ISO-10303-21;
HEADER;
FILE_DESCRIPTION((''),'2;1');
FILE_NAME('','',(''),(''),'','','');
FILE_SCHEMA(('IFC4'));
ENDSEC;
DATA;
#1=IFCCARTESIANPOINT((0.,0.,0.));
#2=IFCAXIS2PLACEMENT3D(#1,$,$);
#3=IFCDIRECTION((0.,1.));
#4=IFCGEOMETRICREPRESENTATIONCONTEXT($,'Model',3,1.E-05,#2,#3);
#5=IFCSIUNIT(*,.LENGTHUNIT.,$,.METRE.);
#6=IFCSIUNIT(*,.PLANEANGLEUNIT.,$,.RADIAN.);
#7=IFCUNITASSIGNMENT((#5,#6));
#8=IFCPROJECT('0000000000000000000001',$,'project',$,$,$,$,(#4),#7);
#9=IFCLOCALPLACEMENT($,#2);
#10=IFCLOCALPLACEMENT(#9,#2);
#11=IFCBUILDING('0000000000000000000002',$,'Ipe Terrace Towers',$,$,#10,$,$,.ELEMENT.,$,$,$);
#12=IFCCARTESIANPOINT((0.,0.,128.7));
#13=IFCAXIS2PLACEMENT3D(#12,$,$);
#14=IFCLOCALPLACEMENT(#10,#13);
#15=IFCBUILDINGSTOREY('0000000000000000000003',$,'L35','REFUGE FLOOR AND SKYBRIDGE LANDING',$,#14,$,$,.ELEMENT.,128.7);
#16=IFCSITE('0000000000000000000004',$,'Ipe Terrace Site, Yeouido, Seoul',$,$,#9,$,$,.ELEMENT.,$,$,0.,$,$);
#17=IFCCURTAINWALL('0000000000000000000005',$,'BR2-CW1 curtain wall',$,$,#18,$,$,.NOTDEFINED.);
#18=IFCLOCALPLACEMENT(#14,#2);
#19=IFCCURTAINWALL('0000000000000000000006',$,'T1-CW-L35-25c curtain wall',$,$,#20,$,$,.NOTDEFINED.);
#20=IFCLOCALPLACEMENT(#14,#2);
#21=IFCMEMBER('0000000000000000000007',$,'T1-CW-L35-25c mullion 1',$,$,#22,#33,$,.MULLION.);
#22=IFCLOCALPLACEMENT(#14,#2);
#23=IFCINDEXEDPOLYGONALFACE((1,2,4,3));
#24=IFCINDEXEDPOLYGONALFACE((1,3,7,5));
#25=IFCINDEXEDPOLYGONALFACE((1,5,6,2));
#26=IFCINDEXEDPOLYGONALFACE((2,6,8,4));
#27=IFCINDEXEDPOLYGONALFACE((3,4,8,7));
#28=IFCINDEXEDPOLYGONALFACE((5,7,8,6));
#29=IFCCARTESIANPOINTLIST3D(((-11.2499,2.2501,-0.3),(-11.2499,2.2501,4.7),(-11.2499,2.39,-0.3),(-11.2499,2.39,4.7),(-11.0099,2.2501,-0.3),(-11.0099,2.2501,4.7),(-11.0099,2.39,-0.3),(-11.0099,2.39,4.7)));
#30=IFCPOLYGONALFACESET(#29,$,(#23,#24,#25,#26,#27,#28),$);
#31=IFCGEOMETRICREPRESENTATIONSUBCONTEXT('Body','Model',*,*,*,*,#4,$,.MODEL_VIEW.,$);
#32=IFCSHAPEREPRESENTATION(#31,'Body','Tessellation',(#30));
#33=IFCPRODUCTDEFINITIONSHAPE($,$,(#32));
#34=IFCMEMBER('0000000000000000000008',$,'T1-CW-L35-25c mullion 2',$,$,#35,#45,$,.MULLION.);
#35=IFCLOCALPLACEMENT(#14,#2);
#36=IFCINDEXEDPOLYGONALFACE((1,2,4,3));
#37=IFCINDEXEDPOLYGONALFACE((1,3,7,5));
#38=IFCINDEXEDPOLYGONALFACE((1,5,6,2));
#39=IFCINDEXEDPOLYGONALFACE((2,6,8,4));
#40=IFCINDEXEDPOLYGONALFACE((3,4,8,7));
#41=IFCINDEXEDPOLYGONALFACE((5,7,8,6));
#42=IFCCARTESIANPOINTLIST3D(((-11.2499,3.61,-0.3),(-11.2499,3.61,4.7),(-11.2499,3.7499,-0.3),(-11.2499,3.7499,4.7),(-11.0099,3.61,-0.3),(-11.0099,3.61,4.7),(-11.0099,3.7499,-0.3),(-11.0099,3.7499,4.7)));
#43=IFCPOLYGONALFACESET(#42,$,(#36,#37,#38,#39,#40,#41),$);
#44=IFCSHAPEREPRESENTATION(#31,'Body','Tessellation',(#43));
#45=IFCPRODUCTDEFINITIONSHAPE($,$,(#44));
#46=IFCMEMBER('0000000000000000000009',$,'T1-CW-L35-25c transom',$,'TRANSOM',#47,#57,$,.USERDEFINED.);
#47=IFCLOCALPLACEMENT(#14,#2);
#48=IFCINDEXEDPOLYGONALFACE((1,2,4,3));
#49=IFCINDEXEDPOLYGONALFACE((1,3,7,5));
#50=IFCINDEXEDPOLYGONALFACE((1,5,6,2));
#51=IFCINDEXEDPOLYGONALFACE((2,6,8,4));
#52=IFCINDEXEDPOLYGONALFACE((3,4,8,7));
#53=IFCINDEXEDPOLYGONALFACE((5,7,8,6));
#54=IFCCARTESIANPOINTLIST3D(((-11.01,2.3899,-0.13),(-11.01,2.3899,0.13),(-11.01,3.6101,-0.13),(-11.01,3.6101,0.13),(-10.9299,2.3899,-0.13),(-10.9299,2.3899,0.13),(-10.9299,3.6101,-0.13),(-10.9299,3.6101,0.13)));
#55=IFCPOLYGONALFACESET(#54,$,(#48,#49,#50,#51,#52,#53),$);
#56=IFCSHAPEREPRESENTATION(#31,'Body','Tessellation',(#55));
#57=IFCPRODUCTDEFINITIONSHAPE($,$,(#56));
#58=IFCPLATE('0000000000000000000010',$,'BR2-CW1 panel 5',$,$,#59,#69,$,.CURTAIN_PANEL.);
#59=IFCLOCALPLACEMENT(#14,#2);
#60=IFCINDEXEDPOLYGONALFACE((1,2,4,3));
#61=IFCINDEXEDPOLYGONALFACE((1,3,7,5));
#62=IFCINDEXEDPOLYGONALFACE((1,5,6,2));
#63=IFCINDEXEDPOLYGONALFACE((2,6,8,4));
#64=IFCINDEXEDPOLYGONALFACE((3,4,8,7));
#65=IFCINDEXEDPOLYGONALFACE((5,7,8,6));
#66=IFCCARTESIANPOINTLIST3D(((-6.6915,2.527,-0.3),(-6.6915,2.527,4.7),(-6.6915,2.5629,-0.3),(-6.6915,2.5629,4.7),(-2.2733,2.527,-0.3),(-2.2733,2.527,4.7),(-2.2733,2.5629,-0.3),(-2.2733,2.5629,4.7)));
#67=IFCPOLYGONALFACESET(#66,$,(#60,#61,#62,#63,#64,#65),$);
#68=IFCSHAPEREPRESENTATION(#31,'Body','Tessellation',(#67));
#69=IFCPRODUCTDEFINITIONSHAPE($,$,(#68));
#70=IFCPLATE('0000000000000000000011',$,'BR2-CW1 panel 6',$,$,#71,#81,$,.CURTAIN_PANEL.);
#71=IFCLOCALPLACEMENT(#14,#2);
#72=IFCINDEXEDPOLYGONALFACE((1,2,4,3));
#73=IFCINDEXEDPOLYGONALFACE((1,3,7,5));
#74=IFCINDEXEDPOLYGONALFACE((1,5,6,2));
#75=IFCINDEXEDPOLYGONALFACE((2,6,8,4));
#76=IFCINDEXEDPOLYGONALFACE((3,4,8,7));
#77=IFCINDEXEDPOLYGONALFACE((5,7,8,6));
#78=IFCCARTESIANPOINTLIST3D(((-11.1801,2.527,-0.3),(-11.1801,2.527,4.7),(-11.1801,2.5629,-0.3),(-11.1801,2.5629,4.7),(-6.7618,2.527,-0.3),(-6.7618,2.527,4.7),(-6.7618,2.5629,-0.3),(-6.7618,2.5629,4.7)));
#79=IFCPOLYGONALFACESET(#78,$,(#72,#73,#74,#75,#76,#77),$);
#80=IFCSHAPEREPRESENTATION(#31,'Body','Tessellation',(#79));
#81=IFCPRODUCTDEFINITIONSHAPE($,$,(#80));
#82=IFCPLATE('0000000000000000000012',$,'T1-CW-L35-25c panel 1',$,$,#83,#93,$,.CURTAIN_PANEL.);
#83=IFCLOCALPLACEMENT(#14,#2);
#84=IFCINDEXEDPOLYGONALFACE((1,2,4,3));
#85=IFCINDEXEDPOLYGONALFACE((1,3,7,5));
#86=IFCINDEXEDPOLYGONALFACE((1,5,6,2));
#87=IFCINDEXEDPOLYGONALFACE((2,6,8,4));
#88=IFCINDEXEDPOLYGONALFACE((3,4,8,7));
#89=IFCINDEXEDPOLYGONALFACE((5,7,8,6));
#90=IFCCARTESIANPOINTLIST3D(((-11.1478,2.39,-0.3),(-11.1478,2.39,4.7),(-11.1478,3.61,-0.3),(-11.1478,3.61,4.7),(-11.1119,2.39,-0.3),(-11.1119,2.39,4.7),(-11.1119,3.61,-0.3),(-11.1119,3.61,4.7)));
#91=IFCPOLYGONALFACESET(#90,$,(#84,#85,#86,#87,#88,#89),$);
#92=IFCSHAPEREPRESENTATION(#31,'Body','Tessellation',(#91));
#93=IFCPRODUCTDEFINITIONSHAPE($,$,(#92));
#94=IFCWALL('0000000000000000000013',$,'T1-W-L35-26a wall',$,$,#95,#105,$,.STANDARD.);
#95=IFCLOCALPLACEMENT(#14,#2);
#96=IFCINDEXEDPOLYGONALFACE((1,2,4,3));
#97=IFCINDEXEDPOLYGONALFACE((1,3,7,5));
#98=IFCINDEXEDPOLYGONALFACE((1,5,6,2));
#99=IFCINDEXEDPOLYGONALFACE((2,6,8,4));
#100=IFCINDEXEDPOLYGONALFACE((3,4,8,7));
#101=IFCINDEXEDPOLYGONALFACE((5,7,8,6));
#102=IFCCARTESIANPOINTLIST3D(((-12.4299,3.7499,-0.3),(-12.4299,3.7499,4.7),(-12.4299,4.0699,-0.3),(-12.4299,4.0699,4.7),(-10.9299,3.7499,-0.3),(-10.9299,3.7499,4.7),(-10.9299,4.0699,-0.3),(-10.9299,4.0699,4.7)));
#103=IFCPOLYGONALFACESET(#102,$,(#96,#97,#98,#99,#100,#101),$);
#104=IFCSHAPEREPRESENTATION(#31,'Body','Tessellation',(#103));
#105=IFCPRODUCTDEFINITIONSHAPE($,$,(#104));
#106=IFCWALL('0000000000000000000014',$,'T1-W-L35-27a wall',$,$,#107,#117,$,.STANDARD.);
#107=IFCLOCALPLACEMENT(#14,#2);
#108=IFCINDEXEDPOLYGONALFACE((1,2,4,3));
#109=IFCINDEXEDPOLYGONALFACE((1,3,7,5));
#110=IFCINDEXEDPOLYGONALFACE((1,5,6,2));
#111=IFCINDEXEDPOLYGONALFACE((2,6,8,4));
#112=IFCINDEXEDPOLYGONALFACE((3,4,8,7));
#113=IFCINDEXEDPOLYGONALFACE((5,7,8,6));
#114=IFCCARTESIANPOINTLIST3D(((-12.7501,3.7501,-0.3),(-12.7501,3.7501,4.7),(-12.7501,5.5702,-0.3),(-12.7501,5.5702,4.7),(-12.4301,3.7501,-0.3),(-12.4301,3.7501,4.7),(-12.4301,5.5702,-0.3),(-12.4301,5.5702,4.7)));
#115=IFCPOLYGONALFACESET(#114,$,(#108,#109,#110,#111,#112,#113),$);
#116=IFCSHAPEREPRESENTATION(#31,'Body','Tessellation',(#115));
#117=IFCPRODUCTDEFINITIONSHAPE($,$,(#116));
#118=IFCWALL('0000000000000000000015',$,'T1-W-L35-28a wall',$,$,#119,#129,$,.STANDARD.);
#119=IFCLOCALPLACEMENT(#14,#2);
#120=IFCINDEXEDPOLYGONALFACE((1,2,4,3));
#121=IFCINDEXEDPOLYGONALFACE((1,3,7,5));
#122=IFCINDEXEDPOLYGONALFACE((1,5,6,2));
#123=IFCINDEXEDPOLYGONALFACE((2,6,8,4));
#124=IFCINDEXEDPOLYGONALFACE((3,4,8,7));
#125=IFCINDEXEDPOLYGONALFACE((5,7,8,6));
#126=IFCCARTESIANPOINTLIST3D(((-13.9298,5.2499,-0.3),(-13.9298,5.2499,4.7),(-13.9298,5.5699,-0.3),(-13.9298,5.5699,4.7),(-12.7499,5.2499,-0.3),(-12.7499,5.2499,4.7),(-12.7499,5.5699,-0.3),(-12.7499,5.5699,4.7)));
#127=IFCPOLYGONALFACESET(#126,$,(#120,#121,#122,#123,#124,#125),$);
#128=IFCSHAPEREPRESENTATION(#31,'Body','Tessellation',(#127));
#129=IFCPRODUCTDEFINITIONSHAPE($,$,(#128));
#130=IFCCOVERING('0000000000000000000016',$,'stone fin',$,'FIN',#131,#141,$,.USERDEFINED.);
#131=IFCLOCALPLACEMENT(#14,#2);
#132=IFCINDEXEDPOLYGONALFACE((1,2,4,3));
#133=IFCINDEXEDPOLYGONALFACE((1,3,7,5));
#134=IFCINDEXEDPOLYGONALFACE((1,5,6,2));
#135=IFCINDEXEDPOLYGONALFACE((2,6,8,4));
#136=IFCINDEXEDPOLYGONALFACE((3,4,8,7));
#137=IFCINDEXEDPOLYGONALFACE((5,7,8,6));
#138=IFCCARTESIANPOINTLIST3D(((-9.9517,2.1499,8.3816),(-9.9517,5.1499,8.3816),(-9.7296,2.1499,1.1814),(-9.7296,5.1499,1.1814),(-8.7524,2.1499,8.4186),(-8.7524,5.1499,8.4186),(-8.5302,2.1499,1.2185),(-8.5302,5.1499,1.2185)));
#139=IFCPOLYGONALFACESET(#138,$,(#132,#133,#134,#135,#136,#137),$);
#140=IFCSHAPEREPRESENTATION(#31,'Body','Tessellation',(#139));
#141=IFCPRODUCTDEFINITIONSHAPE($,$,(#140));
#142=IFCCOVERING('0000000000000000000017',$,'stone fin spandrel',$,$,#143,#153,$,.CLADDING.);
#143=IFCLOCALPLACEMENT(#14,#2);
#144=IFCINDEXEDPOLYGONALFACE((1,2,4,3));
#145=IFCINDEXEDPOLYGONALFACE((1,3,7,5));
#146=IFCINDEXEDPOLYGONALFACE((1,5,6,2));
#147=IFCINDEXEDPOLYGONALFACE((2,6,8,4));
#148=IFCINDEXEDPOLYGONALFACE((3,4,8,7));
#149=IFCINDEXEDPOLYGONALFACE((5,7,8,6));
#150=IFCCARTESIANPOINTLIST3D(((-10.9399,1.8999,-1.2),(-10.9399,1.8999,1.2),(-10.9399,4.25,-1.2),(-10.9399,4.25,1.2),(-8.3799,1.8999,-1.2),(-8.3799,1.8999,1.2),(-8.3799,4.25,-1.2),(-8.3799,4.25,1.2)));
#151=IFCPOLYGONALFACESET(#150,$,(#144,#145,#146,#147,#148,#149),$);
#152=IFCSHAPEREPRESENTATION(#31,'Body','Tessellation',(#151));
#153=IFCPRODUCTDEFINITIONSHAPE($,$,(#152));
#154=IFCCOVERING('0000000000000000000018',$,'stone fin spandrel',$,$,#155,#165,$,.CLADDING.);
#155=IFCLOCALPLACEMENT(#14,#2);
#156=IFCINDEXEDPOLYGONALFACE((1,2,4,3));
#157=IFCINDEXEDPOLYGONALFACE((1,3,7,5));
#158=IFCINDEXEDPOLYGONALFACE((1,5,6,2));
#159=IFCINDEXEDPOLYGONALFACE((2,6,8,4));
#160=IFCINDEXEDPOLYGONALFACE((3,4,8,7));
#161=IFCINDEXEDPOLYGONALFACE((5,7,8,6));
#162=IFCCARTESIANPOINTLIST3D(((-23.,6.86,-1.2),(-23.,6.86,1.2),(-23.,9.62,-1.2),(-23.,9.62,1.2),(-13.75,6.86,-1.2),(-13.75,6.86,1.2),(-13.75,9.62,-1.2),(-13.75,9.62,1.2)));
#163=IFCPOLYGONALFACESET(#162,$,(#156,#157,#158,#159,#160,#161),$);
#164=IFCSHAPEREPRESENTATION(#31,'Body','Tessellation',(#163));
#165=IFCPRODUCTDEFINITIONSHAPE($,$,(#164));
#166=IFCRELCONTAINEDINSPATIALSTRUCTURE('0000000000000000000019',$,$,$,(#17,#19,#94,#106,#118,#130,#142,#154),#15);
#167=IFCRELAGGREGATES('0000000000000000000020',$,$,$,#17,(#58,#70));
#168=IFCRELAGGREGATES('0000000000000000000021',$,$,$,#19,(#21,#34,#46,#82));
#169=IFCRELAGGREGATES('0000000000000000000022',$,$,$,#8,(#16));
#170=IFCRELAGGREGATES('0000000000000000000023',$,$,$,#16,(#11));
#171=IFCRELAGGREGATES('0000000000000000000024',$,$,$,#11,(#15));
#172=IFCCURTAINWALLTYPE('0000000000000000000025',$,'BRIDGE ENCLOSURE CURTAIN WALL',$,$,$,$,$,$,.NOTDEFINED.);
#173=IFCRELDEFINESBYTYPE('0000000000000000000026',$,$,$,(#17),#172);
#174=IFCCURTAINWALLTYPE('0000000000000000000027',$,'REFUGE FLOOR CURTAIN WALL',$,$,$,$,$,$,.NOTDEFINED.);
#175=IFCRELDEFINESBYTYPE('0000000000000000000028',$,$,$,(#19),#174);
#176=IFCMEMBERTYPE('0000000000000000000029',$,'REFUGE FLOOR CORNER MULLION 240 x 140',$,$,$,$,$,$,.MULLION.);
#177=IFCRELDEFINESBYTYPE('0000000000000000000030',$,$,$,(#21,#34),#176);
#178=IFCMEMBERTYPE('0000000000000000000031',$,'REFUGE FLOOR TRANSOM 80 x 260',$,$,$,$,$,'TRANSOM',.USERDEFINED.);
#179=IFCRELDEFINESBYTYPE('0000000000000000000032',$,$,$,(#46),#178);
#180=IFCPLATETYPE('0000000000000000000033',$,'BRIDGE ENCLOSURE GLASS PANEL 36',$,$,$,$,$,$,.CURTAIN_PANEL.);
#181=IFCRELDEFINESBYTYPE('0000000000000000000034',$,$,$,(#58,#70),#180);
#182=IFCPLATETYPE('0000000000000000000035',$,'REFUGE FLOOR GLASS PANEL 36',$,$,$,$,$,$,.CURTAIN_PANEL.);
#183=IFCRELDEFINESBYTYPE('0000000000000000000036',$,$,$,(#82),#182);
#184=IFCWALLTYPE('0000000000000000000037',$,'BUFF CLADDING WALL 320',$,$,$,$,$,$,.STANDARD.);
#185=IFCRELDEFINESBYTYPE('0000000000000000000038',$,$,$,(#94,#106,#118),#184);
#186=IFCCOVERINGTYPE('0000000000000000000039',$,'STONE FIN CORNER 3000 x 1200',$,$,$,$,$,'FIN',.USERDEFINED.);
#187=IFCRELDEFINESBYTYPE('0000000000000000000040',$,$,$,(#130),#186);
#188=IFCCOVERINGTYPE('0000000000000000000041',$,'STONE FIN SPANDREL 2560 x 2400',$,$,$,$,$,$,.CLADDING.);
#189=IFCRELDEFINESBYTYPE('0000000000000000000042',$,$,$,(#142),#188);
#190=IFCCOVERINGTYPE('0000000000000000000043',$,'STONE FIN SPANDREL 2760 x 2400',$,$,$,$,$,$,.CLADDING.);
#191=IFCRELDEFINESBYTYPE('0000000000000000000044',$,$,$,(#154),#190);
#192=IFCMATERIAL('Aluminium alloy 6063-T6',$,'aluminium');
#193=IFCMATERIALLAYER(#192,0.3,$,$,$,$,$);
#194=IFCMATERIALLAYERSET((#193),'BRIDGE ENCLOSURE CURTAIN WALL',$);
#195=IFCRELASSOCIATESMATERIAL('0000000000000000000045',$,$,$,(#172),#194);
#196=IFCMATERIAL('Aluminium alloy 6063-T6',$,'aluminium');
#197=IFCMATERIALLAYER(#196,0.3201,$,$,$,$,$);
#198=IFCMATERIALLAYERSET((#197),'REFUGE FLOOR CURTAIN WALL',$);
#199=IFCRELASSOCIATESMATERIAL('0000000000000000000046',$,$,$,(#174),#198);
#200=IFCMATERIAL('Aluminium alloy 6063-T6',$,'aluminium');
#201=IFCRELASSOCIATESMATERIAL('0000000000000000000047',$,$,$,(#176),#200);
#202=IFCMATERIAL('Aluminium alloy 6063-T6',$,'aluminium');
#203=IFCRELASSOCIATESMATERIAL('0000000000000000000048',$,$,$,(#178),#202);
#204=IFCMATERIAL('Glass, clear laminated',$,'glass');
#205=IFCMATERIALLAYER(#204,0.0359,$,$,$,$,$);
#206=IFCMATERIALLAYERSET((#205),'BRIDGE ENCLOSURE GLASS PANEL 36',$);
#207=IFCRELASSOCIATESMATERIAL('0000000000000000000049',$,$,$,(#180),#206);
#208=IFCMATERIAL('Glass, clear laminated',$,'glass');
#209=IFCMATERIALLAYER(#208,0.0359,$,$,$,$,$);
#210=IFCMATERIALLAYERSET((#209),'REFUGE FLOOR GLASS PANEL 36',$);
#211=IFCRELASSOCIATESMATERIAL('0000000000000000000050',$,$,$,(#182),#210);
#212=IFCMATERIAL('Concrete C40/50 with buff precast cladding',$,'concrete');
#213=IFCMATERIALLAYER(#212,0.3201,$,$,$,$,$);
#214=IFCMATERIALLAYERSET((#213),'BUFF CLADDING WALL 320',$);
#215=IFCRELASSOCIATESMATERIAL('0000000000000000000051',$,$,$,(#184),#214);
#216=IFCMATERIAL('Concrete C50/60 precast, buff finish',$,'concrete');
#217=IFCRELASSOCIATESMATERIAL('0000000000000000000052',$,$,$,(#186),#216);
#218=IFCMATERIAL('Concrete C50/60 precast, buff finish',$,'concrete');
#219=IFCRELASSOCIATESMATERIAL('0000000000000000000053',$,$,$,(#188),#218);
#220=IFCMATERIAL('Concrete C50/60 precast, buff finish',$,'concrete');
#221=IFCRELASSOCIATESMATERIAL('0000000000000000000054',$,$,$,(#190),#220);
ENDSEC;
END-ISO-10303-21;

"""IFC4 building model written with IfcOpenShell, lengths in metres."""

from ifc_helpers import new_model, si_unit, direction, frame, frame_2d, origin, origin_2d, place, context, subcontext, project, spatial, rectangle, extrude, material, layer, layer_set, material_profile, profile_set, type_object, element, aggregate, save


model = new_model("IFC4")

# Units and contexts
model_context = context("Model", 3, precision=1e-05, world=origin(), true_north=direction((0.0, 1.0)))
body_context = subcontext(model_context, "Body", "Model", "MODEL_VIEW")
ifc_project = project(units=[si_unit("LENGTHUNIT", "METRE"), si_unit("PLANEANGLEUNIT", "RADIAN")], contexts=[model_context])

# Site, building, storey
site_placement = place(None, origin())
site = spatial("IfcSite", under=ifc_project, at=site_placement, Name="Ipe Terrace Site, Yeouido, Seoul", CompositionType="ELEMENT", RefElevation=0.0)
building_placement = place(site_placement, origin())
building = spatial("IfcBuilding", under=site, at=building_placement, Name="Ipe Terrace Towers", CompositionType="ELEMENT")
storey_placement = place(building_placement, frame((0.0, 0.0, 128.7)))
storey = spatial("IfcBuildingStorey", under=building, at=storey_placement, Name="L35", Description="REFUGE FLOOR AND SKYBRIDGE LANDING", CompositionType="ELEMENT", Elevation=128.7)

# Curtain wall
ifc_material_1 = material(Name="Aluminium alloy 6063-T6", Category="aluminium")
ifc_layer_1 = layer(ifc_material_1, 0.3)
ifc_layer_set_1 = layer_set([ifc_layer_1], Name="BRIDGE ENCLOSURE CURTAIN WALL")
curtain_wall_type_1 = type_object("IfcCurtainWallType", Name="BRIDGE ENCLOSURE CURTAIN WALL", PredefinedType="NOTDEFINED", material=ifc_layer_set_1)
curtain_wall_1_placement = place(storey_placement, origin())
curtain_wall_1 = element("IfcCurtainWall", 1, at=curtain_wall_1_placement, inside=storey, type_object=curtain_wall_type_1, Name="BR2-CW1 curtain wall", PredefinedType="NOTDEFINED")

# Curtain wall, members
ifc_material_2 = material(Name="Aluminium alloy 6063-T6", Category="aluminium")
ifc_layer_2 = layer(ifc_material_2, 0.3201)
ifc_layer_set_2 = layer_set([ifc_layer_2], Name="REFUGE FLOOR CURTAIN WALL")
curtain_wall_type_2 = type_object("IfcCurtainWallType", Name="REFUGE FLOOR CURTAIN WALL", PredefinedType="NOTDEFINED", material=ifc_layer_set_2)
curtain_wall_2_placement = place(storey_placement, origin())
curtain_wall_2 = element("IfcCurtainWall", 2, at=curtain_wall_2_placement, inside=storey, type_object=curtain_wall_type_2, Name="T1-CW-L35-25c curtain wall", PredefinedType="NOTDEFINED")
ifc_material_3 = material(Name="Aluminium alloy 6063-T6", Category="aluminium")
ifc_material_profile_1 = material_profile(ifc_material_3, rectangle(XDim=0.24, YDim=0.1399, at=origin_2d()), Name="REFUGE FLOOR CORNER MULLION 240 x 140")
ifc_profile_set_1 = profile_set([ifc_material_profile_1], Name="Aluminium alloy 6063-T6")
member_type_1 = type_object("IfcMemberType", Name="REFUGE FLOOR CORNER MULLION 240 x 140", PredefinedType="MULLION", material=ifc_profile_set_1)
member_1_placement = place(storey_placement, frame((-11.1299, 2.3201, -0.3), z_axis=(0.0, 0.0, 1.0), x_axis=(1.0, 0.0, 0.0)))
member_1 = element("IfcMember", 3, at=member_1_placement, type_object=member_type_1, Name="T1-CW-L35-25c mullion 1", PredefinedType="MULLION", context=body_context, shape_type="SweptSolid", body=[
    extrude(rectangle(XDim=0.24, YDim=0.1399, at=origin_2d()), origin(), (0.0, 0.0, 1.0), 5.0),
])
member_2_placement = place(storey_placement, frame((-11.1299, 3.6799, -0.3), z_axis=(0.0, 0.0, 1.0), x_axis=(1.0, 0.0, 0.0)))
member_2 = element("IfcMember", 4, at=member_2_placement, type_object=member_type_1, Name="T1-CW-L35-25c mullion 2", PredefinedType="MULLION", context=body_context, shape_type="SweptSolid", body=[
    extrude(rectangle(XDim=0.24, YDim=0.1399, at=origin_2d()), origin(), (0.0, 0.0, 1.0), 5.0),
])
ifc_material_4 = material(Name="Aluminium alloy 6063-T6", Category="aluminium")
ifc_material_profile_2 = material_profile(ifc_material_4, rectangle(XDim=0.0801, YDim=0.26, at=origin_2d()), Name="REFUGE FLOOR TRANSOM 80 x 260")
ifc_profile_set_2 = profile_set([ifc_material_profile_2], Name="Aluminium alloy 6063-T6")
member_type_2 = type_object("IfcMemberType", Name="REFUGE FLOOR TRANSOM 80 x 260", ElementType="TRANSOM", PredefinedType="USERDEFINED", material=ifc_profile_set_2)
member_3_placement = place(storey_placement, frame((-10.97, 2.3899, 0.0), z_axis=(0.0, 1.0, 0.0), x_axis=(1.0, 0.0, 0.0)))
member_3 = element("IfcMember", 5, at=member_3_placement, type_object=member_type_2, Name="T1-CW-L35-25c transom", ObjectType="TRANSOM", PredefinedType="USERDEFINED", context=body_context, shape_type="SweptSolid", body=[
    extrude(rectangle(XDim=0.0801, YDim=0.26, at=origin_2d()), origin(), (0.0, 0.0, 1.0), 1.2202),
])

# Plates
ifc_material_5 = material(Name="Glass, clear laminated", Category="glass")
ifc_layer_3 = layer(ifc_material_5, 0.0359)
ifc_layer_set_3 = layer_set([ifc_layer_3], Name="BRIDGE ENCLOSURE GLASS PANEL 36")
plate_type_1 = type_object("IfcPlateType", Name="BRIDGE ENCLOSURE GLASS PANEL 36", PredefinedType="CURTAIN_PANEL", material=ifc_layer_set_3)
plate_1_placement = place(storey_placement, frame((-4.4824, 2.5449, -0.3), z_axis=(0.0, 0.0, 1.0), x_axis=(-1.0, 0.0, 0.0)))
plate_1 = element("IfcPlate", 6, at=plate_1_placement, type_object=plate_type_1, Name="BR2-CW1 panel 5", PredefinedType="CURTAIN_PANEL", context=body_context, shape_type="SweptSolid", body=[
    extrude(rectangle(XDim=4.4182, YDim=0.0359, at=origin_2d()), origin(), (0.0, 0.0, 1.0), 5.0),
])
plate_2_placement = place(storey_placement, frame((-8.9709, 2.5449, -0.3), z_axis=(0.0, 0.0, 1.0), x_axis=(-1.0, 0.0, 0.0)))
plate_2 = element("IfcPlate", 7, at=plate_2_placement, type_object=plate_type_1, Name="BR2-CW1 panel 6", PredefinedType="CURTAIN_PANEL", context=body_context, shape_type="SweptSolid", body=[
    extrude(rectangle(XDim=4.4182, YDim=0.0359, at=origin_2d()), origin(), (0.0, 0.0, 1.0), 5.0),
])
aggregate(curtain_wall_1, [plate_1, plate_2])
ifc_material_6 = material(Name="Glass, clear laminated", Category="glass")
ifc_layer_4 = layer(ifc_material_6, 0.0359)
ifc_layer_set_4 = layer_set([ifc_layer_4], Name="REFUGE FLOOR GLASS PANEL 36")
plate_type_2 = type_object("IfcPlateType", Name="REFUGE FLOOR GLASS PANEL 36", PredefinedType="CURTAIN_PANEL", material=ifc_layer_set_4)
plate_3_placement = place(storey_placement, frame((-11.1299, 3.0, -0.3), z_axis=(0.0, 0.0, 1.0), x_axis=(0.0, 1.0, 0.0)))
plate_3 = element("IfcPlate", 8, at=plate_3_placement, type_object=plate_type_2, Name="T1-CW-L35-25c panel 1", PredefinedType="CURTAIN_PANEL", context=body_context, shape_type="SweptSolid", body=[
    extrude(rectangle(XDim=1.22, YDim=0.0359, at=origin_2d()), origin(), (0.0, 0.0, 1.0), 5.0),
])
aggregate(curtain_wall_2, [member_1, member_2, member_3, plate_3])

# Walls
ifc_material_7 = material(Name="Concrete C40/50 with buff precast cladding", Category="concrete")
ifc_layer_5 = layer(ifc_material_7, 0.3201)
ifc_layer_set_5 = layer_set([ifc_layer_5], Name="BUFF CLADDING WALL 320")
wall_type = type_object("IfcWallType", Name="BUFF CLADDING WALL 320", PredefinedType="STANDARD", material=ifc_layer_set_5)
wall_1_placement = place(storey_placement, frame((-10.9299, 3.9099, -0.3), z_axis=(0.0, 0.0, 1.0), x_axis=(-1.0, 0.0, 0.0)))
element("IfcWall", 9, at=wall_1_placement, inside=storey, type_object=wall_type, Name="T1-W-L35-26a wall", PredefinedType="STANDARD", context=body_context, shape_type="SweptSolid", body=[
    extrude(rectangle(XDim=1.5, YDim=0.3201, at=frame_2d((0.75, 0.0))), origin(), (0.0, 0.0, 1.0), 5.0),
])
wall_2_placement = place(storey_placement, frame((-12.5901, 3.75, -0.3), z_axis=(0.0, 0.0, 1.0), x_axis=(0.0, 1.0, 0.0)))
element("IfcWall", 10, at=wall_2_placement, inside=storey, type_object=wall_type, Name="T1-W-L35-27a wall", PredefinedType="STANDARD", context=body_context, shape_type="SweptSolid", body=[
    extrude(rectangle(XDim=1.8201, YDim=0.3201, at=frame_2d((0.9102, 0.0))), origin(), (0.0, 0.0, 1.0), 5.0),
])
wall_3_placement = place(storey_placement, frame((-12.75, 5.4099, -0.3), z_axis=(0.0, 0.0, 1.0), x_axis=(-1.0, 0.0, 0.0)))
element("IfcWall", 11, at=wall_3_placement, inside=storey, type_object=wall_type, Name="T1-W-L35-28a wall", PredefinedType="STANDARD", context=body_context, shape_type="SweptSolid", body=[
    extrude(rectangle(XDim=1.1799, YDim=0.3201, at=frame_2d((0.5898, 0.0))), origin(), (0.0, 0.0, 1.0), 5.0),
])

# Coverings
ifc_material_8 = material(Name="Concrete C50/60 precast, buff finish", Category="concrete")
ifc_material_profile_3 = material_profile(ifc_material_8, rectangle(XDim=3.0, YDim=1.2, at=origin_2d()), Name="STONE FIN CORNER 3000 x 1200")
ifc_profile_set_3 = profile_set([ifc_material_profile_3], Name="Concrete C50/60 precast, buff finish")
covering_type_1 = type_object("IfcCoveringType", Name="STONE FIN CORNER 3000 x 1200", ElementType="FIN", PredefinedType="USERDEFINED", material=ifc_profile_set_3)
covering_1_placement = place(storey_placement, frame((-9.1299, 3.6499, 1.2), z_axis=(-0.030841, 0.0, 0.999524), x_axis=(0.0, 1.0, 0.0)))
element("IfcCovering", 12, at=covering_1_placement, inside=storey, type_object=covering_type_1, Name="stone fin", ObjectType="FIN", PredefinedType="USERDEFINED", context=body_context, shape_type="SweptSolid", body=[
    extrude(rectangle(XDim=3.0, YDim=1.2, at=origin_2d()), origin(), (0.0, 0.0, 1.0), 7.2036),
])
ifc_material_9 = material(Name="Concrete C50/60 precast, buff finish", Category="concrete")
ifc_material_profile_4 = material_profile(ifc_material_9, rectangle(XDim=2.5601, YDim=2.3999, at=origin_2d()), Name="STONE FIN SPANDREL 2560 x 2400")
ifc_profile_set_4 = profile_set([ifc_material_profile_4], Name="Concrete C50/60 precast, buff finish")
covering_type_2 = type_object("IfcCoveringType", Name="STONE FIN SPANDREL 2560 x 2400", PredefinedType="CLADDING", material=ifc_profile_set_4)
covering_2_placement = place(storey_placement, frame((-9.6599, 1.8999, 0.0), z_axis=(0.0, 1.0, 0.0), x_axis=(1.0, 0.0, 0.0)))
element("IfcCovering", 13, at=covering_2_placement, inside=storey, type_object=covering_type_2, Name="stone fin spandrel", PredefinedType="CLADDING", context=body_context, shape_type="SweptSolid", body=[
    extrude(rectangle(XDim=2.5601, YDim=2.3999, at=origin_2d()), origin(), (0.0, 0.0, 1.0), 2.3501),
])
ifc_material_10 = material(Name="Concrete C50/60 precast, buff finish", Category="concrete")
ifc_material_profile_5 = material_profile(ifc_material_10, rectangle(XDim=2.76, YDim=2.3999, at=origin_2d()), Name="STONE FIN SPANDREL 2760 x 2400")
ifc_profile_set_5 = profile_set([ifc_material_profile_5], Name="Concrete C50/60 precast, buff finish")
covering_type_3 = type_object("IfcCoveringType", Name="STONE FIN SPANDREL 2760 x 2400", PredefinedType="CLADDING", material=ifc_profile_set_5)
covering_3_placement = place(storey_placement, frame((-13.75, 8.24, 0.0), z_axis=(-1.0, 0.0, 0.0), x_axis=(0.0, 1.0, 0.0)))
element("IfcCovering", 14, at=covering_3_placement, inside=storey, type_object=covering_type_3, Name="stone fin spandrel", PredefinedType="CLADDING", context=body_context, shape_type="SweptSolid", body=[
    extrude(rectangle(XDim=2.76, YDim=2.3999, at=origin_2d()), origin(), (0.0, 0.0, 1.0), 9.25),
])

save(model, "model.ifc")
